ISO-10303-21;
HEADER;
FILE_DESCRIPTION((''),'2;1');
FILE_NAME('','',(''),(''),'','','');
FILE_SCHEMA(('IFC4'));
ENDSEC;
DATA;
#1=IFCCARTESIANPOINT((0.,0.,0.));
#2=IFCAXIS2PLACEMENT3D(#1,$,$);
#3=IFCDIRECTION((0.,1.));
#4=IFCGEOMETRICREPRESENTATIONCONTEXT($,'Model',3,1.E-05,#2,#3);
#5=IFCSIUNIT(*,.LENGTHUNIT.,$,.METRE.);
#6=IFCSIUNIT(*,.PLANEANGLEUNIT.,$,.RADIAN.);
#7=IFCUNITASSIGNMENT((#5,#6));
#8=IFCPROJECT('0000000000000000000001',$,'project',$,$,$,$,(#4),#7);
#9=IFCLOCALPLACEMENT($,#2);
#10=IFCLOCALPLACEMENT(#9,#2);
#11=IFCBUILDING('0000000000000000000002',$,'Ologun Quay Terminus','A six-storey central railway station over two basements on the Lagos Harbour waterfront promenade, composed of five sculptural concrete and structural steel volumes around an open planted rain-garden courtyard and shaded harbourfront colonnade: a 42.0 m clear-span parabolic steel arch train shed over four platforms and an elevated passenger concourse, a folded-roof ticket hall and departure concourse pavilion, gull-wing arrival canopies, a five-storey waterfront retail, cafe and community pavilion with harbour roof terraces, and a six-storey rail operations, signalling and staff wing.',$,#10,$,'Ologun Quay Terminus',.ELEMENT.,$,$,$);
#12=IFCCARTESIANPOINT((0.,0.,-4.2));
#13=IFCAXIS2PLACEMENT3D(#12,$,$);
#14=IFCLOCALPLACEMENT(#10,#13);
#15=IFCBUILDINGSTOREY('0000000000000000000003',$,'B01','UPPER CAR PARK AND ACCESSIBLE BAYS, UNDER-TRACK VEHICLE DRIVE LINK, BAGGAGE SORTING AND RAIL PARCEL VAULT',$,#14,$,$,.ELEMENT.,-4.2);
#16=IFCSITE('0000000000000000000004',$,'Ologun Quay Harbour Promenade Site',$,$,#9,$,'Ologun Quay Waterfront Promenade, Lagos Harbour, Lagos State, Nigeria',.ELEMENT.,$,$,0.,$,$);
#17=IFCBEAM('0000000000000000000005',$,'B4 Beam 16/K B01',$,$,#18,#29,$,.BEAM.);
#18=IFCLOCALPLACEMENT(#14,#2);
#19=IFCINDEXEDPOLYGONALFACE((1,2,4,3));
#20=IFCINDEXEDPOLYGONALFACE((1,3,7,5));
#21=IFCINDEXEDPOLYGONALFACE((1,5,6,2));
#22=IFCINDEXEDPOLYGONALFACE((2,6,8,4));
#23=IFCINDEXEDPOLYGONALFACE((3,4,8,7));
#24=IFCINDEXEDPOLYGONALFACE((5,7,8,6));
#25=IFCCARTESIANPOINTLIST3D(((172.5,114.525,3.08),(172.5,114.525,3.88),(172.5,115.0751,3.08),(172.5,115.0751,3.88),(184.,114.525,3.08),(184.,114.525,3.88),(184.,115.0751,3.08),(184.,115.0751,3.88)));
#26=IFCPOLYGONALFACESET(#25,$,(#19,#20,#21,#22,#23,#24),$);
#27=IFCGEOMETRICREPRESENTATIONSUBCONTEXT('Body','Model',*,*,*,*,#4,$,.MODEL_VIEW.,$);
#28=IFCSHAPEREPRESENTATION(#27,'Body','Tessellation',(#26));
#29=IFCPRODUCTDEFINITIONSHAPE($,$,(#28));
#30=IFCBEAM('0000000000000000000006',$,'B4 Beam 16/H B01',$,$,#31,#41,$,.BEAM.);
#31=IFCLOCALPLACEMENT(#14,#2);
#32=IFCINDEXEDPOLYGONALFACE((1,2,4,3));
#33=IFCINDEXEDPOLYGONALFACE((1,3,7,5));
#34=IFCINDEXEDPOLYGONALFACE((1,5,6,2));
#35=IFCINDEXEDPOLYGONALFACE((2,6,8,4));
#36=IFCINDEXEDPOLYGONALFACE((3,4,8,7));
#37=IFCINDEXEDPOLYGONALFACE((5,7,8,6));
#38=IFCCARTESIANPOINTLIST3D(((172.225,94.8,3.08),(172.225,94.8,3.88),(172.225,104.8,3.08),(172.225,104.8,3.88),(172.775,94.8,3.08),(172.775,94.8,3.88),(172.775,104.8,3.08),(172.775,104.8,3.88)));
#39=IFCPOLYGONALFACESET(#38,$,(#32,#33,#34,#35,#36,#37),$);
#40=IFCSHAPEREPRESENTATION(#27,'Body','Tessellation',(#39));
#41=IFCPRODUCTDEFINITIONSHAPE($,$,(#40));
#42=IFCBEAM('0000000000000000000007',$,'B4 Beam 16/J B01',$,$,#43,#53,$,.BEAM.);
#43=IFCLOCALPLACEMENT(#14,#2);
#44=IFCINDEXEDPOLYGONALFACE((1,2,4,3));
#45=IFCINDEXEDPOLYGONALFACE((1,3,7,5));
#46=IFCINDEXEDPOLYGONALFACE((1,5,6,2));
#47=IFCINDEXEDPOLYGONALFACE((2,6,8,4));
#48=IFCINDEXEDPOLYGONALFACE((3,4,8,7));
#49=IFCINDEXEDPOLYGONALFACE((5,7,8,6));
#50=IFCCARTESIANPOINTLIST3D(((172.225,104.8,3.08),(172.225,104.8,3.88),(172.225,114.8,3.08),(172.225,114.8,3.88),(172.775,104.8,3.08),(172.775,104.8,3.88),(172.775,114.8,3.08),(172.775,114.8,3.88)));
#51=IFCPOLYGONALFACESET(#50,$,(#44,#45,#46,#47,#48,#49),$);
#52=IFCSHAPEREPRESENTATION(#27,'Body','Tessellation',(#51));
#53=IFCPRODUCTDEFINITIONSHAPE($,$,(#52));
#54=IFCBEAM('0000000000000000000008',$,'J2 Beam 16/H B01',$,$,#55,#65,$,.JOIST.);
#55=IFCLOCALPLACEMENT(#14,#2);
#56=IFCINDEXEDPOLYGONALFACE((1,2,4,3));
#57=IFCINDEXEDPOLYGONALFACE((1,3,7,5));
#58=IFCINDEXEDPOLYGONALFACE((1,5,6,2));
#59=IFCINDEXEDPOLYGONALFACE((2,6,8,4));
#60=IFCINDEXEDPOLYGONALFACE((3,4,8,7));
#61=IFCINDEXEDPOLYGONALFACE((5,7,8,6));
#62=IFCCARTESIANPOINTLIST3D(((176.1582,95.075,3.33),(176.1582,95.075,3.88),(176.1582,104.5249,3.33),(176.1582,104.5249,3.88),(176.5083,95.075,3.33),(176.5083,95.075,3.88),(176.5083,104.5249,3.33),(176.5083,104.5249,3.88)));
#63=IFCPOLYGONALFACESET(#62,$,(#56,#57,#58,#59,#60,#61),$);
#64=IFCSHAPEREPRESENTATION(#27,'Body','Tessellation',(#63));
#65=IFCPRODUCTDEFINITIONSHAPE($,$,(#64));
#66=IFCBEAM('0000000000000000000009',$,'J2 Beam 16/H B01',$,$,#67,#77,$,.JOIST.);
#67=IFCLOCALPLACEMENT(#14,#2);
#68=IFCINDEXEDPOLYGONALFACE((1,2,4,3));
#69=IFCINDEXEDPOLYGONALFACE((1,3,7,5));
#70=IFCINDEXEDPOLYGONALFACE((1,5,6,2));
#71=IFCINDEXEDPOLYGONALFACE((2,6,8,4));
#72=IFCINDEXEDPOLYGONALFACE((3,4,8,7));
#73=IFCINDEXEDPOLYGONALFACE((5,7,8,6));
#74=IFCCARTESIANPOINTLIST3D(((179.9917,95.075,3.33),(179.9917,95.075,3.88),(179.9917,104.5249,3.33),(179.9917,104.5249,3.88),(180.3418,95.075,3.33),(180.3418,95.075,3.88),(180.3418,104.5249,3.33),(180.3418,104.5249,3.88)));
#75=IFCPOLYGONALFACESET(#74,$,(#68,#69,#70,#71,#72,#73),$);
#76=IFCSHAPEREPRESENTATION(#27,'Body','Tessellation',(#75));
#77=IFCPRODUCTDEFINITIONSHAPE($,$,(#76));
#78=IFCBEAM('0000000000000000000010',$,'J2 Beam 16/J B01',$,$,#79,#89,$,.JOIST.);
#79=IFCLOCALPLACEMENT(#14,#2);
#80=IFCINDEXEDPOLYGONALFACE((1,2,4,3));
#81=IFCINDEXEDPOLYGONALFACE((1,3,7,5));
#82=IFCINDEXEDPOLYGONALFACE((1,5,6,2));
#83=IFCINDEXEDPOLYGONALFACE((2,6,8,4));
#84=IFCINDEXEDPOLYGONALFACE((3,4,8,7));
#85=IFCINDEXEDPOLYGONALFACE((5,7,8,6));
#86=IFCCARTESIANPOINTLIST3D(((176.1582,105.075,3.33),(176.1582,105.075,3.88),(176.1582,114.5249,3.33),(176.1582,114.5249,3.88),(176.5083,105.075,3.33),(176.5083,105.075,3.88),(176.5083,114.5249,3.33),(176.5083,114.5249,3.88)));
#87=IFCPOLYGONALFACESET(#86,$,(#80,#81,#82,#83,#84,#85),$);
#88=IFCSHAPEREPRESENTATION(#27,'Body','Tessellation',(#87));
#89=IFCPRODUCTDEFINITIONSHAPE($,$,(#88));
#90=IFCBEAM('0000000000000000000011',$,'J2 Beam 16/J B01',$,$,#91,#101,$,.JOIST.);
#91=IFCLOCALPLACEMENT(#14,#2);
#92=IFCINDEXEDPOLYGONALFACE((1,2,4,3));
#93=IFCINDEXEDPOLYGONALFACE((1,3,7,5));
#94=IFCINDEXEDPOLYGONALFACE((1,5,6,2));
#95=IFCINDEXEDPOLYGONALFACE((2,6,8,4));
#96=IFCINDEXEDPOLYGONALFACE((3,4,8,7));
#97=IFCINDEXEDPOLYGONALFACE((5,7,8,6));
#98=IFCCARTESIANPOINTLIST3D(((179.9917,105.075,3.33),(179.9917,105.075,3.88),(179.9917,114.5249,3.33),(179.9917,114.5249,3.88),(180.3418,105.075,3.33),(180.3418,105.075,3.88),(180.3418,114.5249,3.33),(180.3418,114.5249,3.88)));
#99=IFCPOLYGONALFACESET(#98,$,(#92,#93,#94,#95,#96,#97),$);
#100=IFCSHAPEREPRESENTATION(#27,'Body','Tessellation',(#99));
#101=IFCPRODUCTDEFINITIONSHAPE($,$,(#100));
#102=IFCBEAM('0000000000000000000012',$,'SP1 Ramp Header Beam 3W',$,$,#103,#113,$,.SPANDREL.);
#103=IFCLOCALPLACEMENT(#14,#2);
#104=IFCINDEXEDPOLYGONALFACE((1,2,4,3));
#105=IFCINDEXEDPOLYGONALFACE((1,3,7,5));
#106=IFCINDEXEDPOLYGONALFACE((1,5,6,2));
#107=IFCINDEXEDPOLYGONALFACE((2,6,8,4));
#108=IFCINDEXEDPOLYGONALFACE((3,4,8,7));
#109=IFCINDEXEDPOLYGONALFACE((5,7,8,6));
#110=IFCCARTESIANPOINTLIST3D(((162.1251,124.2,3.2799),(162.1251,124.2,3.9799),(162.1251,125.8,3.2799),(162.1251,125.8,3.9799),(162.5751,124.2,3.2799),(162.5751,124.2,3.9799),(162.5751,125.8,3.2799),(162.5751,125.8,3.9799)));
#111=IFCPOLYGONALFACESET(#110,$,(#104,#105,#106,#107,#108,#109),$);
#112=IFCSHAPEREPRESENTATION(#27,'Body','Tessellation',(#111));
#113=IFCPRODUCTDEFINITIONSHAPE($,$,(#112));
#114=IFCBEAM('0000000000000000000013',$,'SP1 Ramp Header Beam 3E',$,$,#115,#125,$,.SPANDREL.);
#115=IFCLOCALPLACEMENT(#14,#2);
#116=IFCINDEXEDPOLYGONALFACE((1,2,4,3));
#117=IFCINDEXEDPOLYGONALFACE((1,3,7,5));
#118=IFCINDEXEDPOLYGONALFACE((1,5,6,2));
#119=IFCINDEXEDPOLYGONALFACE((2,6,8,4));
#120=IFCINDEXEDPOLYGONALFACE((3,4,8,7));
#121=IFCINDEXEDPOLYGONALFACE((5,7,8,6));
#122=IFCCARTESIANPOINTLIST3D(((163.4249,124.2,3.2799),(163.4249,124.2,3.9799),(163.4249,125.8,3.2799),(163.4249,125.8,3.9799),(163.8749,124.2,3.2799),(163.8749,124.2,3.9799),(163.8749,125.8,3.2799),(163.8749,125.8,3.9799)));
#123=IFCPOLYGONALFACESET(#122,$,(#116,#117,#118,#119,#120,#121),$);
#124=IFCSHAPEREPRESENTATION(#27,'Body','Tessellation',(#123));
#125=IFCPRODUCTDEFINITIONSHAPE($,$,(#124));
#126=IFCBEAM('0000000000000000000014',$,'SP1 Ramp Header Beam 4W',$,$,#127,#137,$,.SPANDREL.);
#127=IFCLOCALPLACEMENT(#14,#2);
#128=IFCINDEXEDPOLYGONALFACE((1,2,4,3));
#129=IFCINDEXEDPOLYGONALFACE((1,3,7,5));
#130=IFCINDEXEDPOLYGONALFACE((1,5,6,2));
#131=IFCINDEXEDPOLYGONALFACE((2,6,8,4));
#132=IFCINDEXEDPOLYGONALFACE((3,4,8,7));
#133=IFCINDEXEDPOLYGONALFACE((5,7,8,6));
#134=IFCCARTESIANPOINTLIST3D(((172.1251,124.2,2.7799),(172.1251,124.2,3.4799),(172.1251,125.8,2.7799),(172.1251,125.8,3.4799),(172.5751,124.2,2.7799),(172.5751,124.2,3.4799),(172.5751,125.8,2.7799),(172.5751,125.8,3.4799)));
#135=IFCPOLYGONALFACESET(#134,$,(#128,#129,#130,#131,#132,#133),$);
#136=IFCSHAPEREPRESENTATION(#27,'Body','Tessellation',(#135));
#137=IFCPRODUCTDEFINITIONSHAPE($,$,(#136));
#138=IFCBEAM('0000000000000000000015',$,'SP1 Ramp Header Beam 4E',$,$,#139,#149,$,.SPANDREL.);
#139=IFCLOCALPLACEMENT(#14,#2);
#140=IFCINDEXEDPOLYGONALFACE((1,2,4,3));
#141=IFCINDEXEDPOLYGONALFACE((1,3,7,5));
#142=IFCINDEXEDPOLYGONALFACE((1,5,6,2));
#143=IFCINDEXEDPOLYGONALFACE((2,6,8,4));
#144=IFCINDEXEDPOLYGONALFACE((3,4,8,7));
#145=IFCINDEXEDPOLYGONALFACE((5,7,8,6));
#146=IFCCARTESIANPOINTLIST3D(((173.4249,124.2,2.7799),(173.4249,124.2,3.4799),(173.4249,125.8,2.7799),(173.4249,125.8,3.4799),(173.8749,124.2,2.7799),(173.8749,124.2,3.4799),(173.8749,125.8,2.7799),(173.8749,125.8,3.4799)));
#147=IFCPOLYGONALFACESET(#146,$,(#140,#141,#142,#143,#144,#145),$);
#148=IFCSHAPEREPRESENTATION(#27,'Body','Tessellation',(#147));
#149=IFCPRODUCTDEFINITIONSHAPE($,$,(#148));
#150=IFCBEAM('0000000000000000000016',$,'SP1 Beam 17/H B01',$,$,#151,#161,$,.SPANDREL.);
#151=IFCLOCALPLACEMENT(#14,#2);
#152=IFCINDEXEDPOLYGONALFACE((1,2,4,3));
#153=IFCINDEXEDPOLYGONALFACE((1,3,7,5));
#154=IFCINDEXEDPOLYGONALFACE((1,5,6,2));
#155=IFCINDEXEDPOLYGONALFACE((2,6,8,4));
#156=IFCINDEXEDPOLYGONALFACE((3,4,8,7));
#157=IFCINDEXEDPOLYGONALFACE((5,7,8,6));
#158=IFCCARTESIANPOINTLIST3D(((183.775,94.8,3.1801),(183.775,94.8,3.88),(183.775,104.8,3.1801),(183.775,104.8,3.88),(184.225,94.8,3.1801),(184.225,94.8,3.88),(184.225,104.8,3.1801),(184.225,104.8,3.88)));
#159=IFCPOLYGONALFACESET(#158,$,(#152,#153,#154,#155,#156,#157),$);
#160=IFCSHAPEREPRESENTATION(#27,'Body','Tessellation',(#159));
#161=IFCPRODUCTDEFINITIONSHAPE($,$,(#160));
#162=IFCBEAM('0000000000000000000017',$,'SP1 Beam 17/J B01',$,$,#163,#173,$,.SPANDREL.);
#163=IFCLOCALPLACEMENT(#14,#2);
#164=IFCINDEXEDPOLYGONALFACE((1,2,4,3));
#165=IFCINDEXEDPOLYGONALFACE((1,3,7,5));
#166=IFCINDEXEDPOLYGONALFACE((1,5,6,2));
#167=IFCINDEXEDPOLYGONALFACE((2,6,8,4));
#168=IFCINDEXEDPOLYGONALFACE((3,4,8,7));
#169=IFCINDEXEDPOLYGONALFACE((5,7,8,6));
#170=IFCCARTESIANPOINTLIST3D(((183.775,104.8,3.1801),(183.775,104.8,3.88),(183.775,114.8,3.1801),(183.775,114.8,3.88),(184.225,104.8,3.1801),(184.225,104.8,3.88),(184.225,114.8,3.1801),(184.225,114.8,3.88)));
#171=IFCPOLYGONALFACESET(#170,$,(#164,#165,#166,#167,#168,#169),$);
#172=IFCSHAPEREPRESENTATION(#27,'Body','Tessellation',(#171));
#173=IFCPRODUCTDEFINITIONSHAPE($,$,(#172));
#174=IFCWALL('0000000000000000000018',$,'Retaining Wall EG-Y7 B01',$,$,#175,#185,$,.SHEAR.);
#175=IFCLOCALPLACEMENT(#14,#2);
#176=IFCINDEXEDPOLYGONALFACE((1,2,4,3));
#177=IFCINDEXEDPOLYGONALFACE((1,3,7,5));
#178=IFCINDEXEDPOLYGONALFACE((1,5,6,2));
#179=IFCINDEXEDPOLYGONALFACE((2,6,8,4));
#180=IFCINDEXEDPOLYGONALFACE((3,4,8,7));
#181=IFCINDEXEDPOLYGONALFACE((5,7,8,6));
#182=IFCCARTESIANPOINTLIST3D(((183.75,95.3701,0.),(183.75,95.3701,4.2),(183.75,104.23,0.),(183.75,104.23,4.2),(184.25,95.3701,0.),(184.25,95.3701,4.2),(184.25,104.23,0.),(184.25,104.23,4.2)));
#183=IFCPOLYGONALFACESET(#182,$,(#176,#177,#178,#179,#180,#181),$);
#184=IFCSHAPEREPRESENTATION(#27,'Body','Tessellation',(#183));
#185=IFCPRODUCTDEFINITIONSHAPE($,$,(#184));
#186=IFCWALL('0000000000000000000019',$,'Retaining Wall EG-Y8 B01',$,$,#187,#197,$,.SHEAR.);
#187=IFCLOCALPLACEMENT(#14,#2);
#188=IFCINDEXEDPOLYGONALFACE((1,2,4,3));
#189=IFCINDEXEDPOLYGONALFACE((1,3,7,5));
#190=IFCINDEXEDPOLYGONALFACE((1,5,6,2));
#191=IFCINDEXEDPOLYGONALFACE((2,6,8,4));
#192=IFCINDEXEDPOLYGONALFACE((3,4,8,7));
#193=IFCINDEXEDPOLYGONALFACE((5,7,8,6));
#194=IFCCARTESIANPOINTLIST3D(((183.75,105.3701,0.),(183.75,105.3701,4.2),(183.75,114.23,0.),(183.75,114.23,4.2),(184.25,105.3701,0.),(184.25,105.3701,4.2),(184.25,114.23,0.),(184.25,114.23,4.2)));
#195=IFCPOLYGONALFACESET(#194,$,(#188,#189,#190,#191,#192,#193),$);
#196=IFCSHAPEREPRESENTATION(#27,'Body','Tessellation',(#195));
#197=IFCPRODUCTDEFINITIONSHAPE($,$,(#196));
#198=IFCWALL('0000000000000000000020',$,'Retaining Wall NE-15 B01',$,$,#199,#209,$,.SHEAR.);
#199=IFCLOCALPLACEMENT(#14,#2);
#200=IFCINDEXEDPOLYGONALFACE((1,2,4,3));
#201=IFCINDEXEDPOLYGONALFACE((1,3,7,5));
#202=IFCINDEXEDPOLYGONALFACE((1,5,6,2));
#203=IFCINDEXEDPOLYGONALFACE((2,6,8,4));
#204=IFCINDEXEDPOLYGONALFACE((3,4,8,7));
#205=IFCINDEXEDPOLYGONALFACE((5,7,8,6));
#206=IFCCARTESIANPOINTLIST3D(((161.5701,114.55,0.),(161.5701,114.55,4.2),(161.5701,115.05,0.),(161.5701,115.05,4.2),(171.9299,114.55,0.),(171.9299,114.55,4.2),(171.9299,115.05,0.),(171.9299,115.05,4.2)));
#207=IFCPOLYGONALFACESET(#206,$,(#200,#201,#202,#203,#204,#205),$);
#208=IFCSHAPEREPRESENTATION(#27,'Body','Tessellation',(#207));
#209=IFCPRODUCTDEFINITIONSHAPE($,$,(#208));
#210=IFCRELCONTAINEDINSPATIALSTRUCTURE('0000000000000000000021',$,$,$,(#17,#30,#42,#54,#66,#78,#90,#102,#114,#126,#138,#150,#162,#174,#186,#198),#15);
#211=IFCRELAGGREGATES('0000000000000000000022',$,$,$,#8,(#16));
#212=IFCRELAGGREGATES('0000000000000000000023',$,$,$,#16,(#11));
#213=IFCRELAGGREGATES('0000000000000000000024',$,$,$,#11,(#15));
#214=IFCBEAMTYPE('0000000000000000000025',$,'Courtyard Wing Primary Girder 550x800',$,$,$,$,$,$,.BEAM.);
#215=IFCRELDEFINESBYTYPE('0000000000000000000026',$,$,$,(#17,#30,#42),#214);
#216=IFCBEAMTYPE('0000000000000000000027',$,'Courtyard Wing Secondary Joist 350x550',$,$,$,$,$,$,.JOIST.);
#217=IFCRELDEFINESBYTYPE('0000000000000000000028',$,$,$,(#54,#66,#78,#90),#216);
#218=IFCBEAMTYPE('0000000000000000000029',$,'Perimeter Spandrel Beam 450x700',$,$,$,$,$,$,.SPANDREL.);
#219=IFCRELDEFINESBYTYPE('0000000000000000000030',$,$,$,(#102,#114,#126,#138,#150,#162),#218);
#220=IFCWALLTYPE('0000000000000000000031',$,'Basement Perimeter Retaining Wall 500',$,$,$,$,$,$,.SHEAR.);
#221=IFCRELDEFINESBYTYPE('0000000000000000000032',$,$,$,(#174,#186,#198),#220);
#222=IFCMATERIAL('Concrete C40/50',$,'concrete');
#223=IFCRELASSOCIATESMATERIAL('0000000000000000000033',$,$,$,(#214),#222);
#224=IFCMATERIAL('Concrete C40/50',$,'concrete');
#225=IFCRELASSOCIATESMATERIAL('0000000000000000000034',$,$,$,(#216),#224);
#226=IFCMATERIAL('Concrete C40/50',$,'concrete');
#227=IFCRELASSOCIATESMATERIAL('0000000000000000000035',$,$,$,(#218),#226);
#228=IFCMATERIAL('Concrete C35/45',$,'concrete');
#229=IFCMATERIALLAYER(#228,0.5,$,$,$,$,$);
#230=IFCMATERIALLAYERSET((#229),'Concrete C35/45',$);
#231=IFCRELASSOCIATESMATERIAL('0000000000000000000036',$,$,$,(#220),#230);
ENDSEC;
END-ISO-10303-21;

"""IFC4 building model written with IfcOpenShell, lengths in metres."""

from ifc_helpers import new_model, si_unit, direction, frame, frame_2d, origin, origin_2d, place, context, subcontext, project, spatial, rectangle, extrude, material, layer, layer_set, material_profile, profile_set, type_object, element, save


model = new_model("IFC4")

# Units and contexts
model_context = context("Model", 3, precision=1e-05, world=origin(), true_north=direction((0.0, 1.0)))
body_context = subcontext(model_context, "Body", "Model", "MODEL_VIEW")
ifc_project = project(units=[si_unit("LENGTHUNIT", "METRE"), si_unit("PLANEANGLEUNIT", "RADIAN")], contexts=[model_context])

# Site, building, storey
site_placement = place(None, origin())
site = spatial("IfcSite", under=ifc_project, at=site_placement, Name="Ologun Quay Harbour Promenade Site", LongName="Ologun Quay Waterfront Promenade, Lagos Harbour, Lagos State, Nigeria", CompositionType="ELEMENT", RefElevation=0.0)
building_placement = place(site_placement, origin())
building = spatial("IfcBuilding", under=site, at=building_placement, Name="Ologun Quay Terminus", Description="A six-storey central railway station over two basements on the Lagos Harbour waterfront promenade, composed of five sculptural concrete and structural steel volumes around an open planted rain-garden courtyard and shaded harbourfront colonnade: a 42.0 m clear-span parabolic steel arch train shed over four platforms and an elevated passenger concourse, a folded-roof ticket hall and departure concourse pavilion, gull-wing arrival canopies, a five-storey waterfront retail, cafe and community pavilion with harbour roof terraces, and a six-storey rail operations, signalling and staff wing.", LongName="Ologun Quay Terminus", CompositionType="ELEMENT")
storey_placement = place(building_placement, frame((0.0, 0.0, -4.2)))
storey = spatial("IfcBuildingStorey", under=building, at=storey_placement, Name="B01", Description="UPPER CAR PARK AND ACCESSIBLE BAYS, UNDER-TRACK VEHICLE DRIVE LINK, BAGGAGE SORTING AND RAIL PARCEL VAULT", CompositionType="ELEMENT", Elevation=-4.2)

# Beams
ifc_material_1 = material(Name="Concrete C40/50", Category="concrete")
ifc_material_profile_1 = material_profile(ifc_material_1, rectangle(XDim=0.55, YDim=0.8, at=origin_2d()), Name="RC 550x800")
ifc_profile_set_1 = profile_set([ifc_material_profile_1], Name="Concrete C40/50")
beam_type_1 = type_object("IfcBeamType", Name="Courtyard Wing Primary Girder 550x800", PredefinedType="BEAM", material=ifc_profile_set_1)
for number, where, z_axis, x_axis, name in (
    (1, (172.5, 114.8, 3.48), (1.0, 0.0, 0.0), (0.0, 1.0, 0.0), "B4 Beam 16/K B01"),
):
    element("IfcBeam", number, at=place(storey_placement, frame(where, z_axis=z_axis, x_axis=x_axis)), inside=storey, type_object=beam_type_1, Name=name, PredefinedType="BEAM", context=body_context, shape_type="SweptSolid", body=[
        extrude(rectangle(XDim=0.55, YDim=0.8, at=origin_2d()), origin(), (0.0, 0.0, 1.0), 11.5),
    ])
for number, where, z_axis, x_axis, name in (
    (2, (172.5, 94.8, 3.48), (0.0, 1.0, 0.0), (-1.0, 0.0, 0.0), "B4 Beam 16/H B01"),
    (3, (172.5, 104.8, 3.48), (0.0, 1.0, 0.0), (-1.0, 0.0, 0.0), "B4 Beam 16/J B01"),
):
    element("IfcBeam", number, at=place(storey_placement, frame(where, z_axis=z_axis, x_axis=x_axis)), inside=storey, type_object=beam_type_1, Name=name, PredefinedType="BEAM", context=body_context, shape_type="SweptSolid", body=[
        extrude(rectangle(XDim=0.55, YDim=0.8, at=origin_2d()), origin(), (0.0, 0.0, 1.0), 10.0),
    ])
ifc_material_2 = material(Name="Concrete C40/50", Category="concrete")
ifc_material_profile_2 = material_profile(ifc_material_2, rectangle(XDim=0.3501, YDim=0.55, at=origin_2d()), Name="RC 350x550")
ifc_profile_set_2 = profile_set([ifc_material_profile_2], Name="Concrete C40/50")
beam_type_2 = type_object("IfcBeamType", Name="Courtyard Wing Secondary Joist 350x550", PredefinedType="JOIST", material=ifc_profile_set_2)
for number, where, z_axis, x_axis, name in (
    (4, (176.3333, 95.075, 3.605), (0.0, 1.0, 0.0), (-1.0, 0.0, 0.0), "J2 Beam 16/H B01"),
    (5, (180.1667, 95.075, 3.605), (0.0, 1.0, 0.0), (-1.0, 0.0, 0.0), "J2 Beam 16/H B01"),
    (6, (176.3333, 105.075, 3.605), (0.0, 1.0, 0.0), (-1.0, 0.0, 0.0), "J2 Beam 16/J B01"),
    (7, (180.1667, 105.075, 3.605), (0.0, 1.0, 0.0), (-1.0, 0.0, 0.0), "J2 Beam 16/J B01"),
):
    element("IfcBeam", number, at=place(storey_placement, frame(where, z_axis=z_axis, x_axis=x_axis)), inside=storey, type_object=beam_type_2, Name=name, PredefinedType="JOIST", context=body_context, shape_type="SweptSolid", body=[
        extrude(rectangle(XDim=0.3501, YDim=0.55, at=origin_2d()), origin(), (0.0, 0.0, 1.0), 9.45),
    ])
ifc_material_3 = material(Name="Concrete C40/50", Category="concrete")
ifc_material_profile_3 = material_profile(ifc_material_3, rectangle(XDim=0.45, YDim=0.7, at=origin_2d()), Name="RC 450x700")
ifc_profile_set_3 = profile_set([ifc_material_profile_3], Name="Concrete C40/50")
beam_type_3 = type_object("IfcBeamType", Name="Perimeter Spandrel Beam 450x700", PredefinedType="SPANDREL", material=ifc_profile_set_3)
for number, where, z_axis, x_axis, name in (
    (8, (162.3501, 124.2, 3.6299), (0.0, 1.0, 0.0), (-1.0, 0.0, 0.0), "SP1 Ramp Header Beam 3W"),
    (9, (163.6499, 124.2, 3.6299), (0.0, 1.0, 0.0), (-1.0, 0.0, 0.0), "SP1 Ramp Header Beam 3E"),
    (10, (172.3501, 124.2, 3.1299), (0.0, 1.0, 0.0), (-1.0, 0.0, 0.0), "SP1 Ramp Header Beam 4W"),
    (11, (173.6499, 124.2, 3.1299), (0.0, 1.0, 0.0), (-1.0, 0.0, 0.0), "SP1 Ramp Header Beam 4E"),
):
    element("IfcBeam", number, at=place(storey_placement, frame(where, z_axis=z_axis, x_axis=x_axis)), inside=storey, type_object=beam_type_3, Name=name, PredefinedType="SPANDREL", context=body_context, shape_type="SweptSolid", body=[
        extrude(rectangle(XDim=0.45, YDim=0.7, at=origin_2d()), origin(), (0.0, 0.0, 1.0), 1.6001),
    ])
for number, where, z_axis, x_axis, name in (
    (12, (184.0, 94.8, 3.53), (0.0, 1.0, 0.0), (-1.0, 0.0, 0.0), "SP1 Beam 17/H B01"),
    (13, (184.0, 104.8, 3.53), (0.0, 1.0, 0.0), (-1.0, 0.0, 0.0), "SP1 Beam 17/J B01"),
):
    element("IfcBeam", number, at=place(storey_placement, frame(where, z_axis=z_axis, x_axis=x_axis)), inside=storey, type_object=beam_type_3, Name=name, PredefinedType="SPANDREL", context=body_context, shape_type="SweptSolid", body=[
        extrude(rectangle(XDim=0.45, YDim=0.7, at=origin_2d()), origin(), (0.0, 0.0, 1.0), 10.0),
    ])

# Walls
ifc_material_4 = material(Name="Concrete C35/45", Category="concrete")
ifc_layer_1 = layer(ifc_material_4, 0.5)
ifc_layer_set_1 = layer_set([ifc_layer_1], Name="Concrete C35/45")
wall_type_1 = type_object("IfcWallType", Name="Basement Perimeter Retaining Wall 500", PredefinedType="SHEAR", material=ifc_layer_set_1)
for number, where, z_axis, x_axis, name in (
    (14, (184.0, 95.3701, 0.0), (0.0, 0.0, 1.0), (0.0, 1.0, 0.0), "Retaining Wall EG-Y7 B01"),
    (15, (184.0, 105.3701, 0.0), (0.0, 0.0, 1.0), (0.0, 1.0, 0.0), "Retaining Wall EG-Y8 B01"),
):
    element("IfcWall", number, at=place(storey_placement, frame(where, z_axis=z_axis, x_axis=x_axis)), inside=storey, type_object=wall_type_1, Name=name, PredefinedType="SHEAR", context=body_context, shape_type="SweptSolid", body=[
        extrude(rectangle(XDim=8.8599, YDim=0.5, at=frame_2d((4.4299, 0.0))), origin(), (0.0, 0.0, 1.0), 4.2),
    ])
for number, where, z_axis, x_axis, name in (
    (16, (161.5701, 114.8, 0.0), (0.0, 0.0, 1.0), (1.0, 0.0, 0.0), "Retaining Wall NE-15 B01"),
):
    element("IfcWall", number, at=place(storey_placement, frame(where, z_axis=z_axis, x_axis=x_axis)), inside=storey, type_object=wall_type_1, Name=name, PredefinedType="SHEAR", context=body_context, shape_type="SweptSolid", body=[
        extrude(rectangle(XDim=10.3599, YDim=0.5, at=frame_2d((5.1799, 0.0))), origin(), (0.0, 0.0, 1.0), 4.2),
    ])

save(model, "model.ifc")
